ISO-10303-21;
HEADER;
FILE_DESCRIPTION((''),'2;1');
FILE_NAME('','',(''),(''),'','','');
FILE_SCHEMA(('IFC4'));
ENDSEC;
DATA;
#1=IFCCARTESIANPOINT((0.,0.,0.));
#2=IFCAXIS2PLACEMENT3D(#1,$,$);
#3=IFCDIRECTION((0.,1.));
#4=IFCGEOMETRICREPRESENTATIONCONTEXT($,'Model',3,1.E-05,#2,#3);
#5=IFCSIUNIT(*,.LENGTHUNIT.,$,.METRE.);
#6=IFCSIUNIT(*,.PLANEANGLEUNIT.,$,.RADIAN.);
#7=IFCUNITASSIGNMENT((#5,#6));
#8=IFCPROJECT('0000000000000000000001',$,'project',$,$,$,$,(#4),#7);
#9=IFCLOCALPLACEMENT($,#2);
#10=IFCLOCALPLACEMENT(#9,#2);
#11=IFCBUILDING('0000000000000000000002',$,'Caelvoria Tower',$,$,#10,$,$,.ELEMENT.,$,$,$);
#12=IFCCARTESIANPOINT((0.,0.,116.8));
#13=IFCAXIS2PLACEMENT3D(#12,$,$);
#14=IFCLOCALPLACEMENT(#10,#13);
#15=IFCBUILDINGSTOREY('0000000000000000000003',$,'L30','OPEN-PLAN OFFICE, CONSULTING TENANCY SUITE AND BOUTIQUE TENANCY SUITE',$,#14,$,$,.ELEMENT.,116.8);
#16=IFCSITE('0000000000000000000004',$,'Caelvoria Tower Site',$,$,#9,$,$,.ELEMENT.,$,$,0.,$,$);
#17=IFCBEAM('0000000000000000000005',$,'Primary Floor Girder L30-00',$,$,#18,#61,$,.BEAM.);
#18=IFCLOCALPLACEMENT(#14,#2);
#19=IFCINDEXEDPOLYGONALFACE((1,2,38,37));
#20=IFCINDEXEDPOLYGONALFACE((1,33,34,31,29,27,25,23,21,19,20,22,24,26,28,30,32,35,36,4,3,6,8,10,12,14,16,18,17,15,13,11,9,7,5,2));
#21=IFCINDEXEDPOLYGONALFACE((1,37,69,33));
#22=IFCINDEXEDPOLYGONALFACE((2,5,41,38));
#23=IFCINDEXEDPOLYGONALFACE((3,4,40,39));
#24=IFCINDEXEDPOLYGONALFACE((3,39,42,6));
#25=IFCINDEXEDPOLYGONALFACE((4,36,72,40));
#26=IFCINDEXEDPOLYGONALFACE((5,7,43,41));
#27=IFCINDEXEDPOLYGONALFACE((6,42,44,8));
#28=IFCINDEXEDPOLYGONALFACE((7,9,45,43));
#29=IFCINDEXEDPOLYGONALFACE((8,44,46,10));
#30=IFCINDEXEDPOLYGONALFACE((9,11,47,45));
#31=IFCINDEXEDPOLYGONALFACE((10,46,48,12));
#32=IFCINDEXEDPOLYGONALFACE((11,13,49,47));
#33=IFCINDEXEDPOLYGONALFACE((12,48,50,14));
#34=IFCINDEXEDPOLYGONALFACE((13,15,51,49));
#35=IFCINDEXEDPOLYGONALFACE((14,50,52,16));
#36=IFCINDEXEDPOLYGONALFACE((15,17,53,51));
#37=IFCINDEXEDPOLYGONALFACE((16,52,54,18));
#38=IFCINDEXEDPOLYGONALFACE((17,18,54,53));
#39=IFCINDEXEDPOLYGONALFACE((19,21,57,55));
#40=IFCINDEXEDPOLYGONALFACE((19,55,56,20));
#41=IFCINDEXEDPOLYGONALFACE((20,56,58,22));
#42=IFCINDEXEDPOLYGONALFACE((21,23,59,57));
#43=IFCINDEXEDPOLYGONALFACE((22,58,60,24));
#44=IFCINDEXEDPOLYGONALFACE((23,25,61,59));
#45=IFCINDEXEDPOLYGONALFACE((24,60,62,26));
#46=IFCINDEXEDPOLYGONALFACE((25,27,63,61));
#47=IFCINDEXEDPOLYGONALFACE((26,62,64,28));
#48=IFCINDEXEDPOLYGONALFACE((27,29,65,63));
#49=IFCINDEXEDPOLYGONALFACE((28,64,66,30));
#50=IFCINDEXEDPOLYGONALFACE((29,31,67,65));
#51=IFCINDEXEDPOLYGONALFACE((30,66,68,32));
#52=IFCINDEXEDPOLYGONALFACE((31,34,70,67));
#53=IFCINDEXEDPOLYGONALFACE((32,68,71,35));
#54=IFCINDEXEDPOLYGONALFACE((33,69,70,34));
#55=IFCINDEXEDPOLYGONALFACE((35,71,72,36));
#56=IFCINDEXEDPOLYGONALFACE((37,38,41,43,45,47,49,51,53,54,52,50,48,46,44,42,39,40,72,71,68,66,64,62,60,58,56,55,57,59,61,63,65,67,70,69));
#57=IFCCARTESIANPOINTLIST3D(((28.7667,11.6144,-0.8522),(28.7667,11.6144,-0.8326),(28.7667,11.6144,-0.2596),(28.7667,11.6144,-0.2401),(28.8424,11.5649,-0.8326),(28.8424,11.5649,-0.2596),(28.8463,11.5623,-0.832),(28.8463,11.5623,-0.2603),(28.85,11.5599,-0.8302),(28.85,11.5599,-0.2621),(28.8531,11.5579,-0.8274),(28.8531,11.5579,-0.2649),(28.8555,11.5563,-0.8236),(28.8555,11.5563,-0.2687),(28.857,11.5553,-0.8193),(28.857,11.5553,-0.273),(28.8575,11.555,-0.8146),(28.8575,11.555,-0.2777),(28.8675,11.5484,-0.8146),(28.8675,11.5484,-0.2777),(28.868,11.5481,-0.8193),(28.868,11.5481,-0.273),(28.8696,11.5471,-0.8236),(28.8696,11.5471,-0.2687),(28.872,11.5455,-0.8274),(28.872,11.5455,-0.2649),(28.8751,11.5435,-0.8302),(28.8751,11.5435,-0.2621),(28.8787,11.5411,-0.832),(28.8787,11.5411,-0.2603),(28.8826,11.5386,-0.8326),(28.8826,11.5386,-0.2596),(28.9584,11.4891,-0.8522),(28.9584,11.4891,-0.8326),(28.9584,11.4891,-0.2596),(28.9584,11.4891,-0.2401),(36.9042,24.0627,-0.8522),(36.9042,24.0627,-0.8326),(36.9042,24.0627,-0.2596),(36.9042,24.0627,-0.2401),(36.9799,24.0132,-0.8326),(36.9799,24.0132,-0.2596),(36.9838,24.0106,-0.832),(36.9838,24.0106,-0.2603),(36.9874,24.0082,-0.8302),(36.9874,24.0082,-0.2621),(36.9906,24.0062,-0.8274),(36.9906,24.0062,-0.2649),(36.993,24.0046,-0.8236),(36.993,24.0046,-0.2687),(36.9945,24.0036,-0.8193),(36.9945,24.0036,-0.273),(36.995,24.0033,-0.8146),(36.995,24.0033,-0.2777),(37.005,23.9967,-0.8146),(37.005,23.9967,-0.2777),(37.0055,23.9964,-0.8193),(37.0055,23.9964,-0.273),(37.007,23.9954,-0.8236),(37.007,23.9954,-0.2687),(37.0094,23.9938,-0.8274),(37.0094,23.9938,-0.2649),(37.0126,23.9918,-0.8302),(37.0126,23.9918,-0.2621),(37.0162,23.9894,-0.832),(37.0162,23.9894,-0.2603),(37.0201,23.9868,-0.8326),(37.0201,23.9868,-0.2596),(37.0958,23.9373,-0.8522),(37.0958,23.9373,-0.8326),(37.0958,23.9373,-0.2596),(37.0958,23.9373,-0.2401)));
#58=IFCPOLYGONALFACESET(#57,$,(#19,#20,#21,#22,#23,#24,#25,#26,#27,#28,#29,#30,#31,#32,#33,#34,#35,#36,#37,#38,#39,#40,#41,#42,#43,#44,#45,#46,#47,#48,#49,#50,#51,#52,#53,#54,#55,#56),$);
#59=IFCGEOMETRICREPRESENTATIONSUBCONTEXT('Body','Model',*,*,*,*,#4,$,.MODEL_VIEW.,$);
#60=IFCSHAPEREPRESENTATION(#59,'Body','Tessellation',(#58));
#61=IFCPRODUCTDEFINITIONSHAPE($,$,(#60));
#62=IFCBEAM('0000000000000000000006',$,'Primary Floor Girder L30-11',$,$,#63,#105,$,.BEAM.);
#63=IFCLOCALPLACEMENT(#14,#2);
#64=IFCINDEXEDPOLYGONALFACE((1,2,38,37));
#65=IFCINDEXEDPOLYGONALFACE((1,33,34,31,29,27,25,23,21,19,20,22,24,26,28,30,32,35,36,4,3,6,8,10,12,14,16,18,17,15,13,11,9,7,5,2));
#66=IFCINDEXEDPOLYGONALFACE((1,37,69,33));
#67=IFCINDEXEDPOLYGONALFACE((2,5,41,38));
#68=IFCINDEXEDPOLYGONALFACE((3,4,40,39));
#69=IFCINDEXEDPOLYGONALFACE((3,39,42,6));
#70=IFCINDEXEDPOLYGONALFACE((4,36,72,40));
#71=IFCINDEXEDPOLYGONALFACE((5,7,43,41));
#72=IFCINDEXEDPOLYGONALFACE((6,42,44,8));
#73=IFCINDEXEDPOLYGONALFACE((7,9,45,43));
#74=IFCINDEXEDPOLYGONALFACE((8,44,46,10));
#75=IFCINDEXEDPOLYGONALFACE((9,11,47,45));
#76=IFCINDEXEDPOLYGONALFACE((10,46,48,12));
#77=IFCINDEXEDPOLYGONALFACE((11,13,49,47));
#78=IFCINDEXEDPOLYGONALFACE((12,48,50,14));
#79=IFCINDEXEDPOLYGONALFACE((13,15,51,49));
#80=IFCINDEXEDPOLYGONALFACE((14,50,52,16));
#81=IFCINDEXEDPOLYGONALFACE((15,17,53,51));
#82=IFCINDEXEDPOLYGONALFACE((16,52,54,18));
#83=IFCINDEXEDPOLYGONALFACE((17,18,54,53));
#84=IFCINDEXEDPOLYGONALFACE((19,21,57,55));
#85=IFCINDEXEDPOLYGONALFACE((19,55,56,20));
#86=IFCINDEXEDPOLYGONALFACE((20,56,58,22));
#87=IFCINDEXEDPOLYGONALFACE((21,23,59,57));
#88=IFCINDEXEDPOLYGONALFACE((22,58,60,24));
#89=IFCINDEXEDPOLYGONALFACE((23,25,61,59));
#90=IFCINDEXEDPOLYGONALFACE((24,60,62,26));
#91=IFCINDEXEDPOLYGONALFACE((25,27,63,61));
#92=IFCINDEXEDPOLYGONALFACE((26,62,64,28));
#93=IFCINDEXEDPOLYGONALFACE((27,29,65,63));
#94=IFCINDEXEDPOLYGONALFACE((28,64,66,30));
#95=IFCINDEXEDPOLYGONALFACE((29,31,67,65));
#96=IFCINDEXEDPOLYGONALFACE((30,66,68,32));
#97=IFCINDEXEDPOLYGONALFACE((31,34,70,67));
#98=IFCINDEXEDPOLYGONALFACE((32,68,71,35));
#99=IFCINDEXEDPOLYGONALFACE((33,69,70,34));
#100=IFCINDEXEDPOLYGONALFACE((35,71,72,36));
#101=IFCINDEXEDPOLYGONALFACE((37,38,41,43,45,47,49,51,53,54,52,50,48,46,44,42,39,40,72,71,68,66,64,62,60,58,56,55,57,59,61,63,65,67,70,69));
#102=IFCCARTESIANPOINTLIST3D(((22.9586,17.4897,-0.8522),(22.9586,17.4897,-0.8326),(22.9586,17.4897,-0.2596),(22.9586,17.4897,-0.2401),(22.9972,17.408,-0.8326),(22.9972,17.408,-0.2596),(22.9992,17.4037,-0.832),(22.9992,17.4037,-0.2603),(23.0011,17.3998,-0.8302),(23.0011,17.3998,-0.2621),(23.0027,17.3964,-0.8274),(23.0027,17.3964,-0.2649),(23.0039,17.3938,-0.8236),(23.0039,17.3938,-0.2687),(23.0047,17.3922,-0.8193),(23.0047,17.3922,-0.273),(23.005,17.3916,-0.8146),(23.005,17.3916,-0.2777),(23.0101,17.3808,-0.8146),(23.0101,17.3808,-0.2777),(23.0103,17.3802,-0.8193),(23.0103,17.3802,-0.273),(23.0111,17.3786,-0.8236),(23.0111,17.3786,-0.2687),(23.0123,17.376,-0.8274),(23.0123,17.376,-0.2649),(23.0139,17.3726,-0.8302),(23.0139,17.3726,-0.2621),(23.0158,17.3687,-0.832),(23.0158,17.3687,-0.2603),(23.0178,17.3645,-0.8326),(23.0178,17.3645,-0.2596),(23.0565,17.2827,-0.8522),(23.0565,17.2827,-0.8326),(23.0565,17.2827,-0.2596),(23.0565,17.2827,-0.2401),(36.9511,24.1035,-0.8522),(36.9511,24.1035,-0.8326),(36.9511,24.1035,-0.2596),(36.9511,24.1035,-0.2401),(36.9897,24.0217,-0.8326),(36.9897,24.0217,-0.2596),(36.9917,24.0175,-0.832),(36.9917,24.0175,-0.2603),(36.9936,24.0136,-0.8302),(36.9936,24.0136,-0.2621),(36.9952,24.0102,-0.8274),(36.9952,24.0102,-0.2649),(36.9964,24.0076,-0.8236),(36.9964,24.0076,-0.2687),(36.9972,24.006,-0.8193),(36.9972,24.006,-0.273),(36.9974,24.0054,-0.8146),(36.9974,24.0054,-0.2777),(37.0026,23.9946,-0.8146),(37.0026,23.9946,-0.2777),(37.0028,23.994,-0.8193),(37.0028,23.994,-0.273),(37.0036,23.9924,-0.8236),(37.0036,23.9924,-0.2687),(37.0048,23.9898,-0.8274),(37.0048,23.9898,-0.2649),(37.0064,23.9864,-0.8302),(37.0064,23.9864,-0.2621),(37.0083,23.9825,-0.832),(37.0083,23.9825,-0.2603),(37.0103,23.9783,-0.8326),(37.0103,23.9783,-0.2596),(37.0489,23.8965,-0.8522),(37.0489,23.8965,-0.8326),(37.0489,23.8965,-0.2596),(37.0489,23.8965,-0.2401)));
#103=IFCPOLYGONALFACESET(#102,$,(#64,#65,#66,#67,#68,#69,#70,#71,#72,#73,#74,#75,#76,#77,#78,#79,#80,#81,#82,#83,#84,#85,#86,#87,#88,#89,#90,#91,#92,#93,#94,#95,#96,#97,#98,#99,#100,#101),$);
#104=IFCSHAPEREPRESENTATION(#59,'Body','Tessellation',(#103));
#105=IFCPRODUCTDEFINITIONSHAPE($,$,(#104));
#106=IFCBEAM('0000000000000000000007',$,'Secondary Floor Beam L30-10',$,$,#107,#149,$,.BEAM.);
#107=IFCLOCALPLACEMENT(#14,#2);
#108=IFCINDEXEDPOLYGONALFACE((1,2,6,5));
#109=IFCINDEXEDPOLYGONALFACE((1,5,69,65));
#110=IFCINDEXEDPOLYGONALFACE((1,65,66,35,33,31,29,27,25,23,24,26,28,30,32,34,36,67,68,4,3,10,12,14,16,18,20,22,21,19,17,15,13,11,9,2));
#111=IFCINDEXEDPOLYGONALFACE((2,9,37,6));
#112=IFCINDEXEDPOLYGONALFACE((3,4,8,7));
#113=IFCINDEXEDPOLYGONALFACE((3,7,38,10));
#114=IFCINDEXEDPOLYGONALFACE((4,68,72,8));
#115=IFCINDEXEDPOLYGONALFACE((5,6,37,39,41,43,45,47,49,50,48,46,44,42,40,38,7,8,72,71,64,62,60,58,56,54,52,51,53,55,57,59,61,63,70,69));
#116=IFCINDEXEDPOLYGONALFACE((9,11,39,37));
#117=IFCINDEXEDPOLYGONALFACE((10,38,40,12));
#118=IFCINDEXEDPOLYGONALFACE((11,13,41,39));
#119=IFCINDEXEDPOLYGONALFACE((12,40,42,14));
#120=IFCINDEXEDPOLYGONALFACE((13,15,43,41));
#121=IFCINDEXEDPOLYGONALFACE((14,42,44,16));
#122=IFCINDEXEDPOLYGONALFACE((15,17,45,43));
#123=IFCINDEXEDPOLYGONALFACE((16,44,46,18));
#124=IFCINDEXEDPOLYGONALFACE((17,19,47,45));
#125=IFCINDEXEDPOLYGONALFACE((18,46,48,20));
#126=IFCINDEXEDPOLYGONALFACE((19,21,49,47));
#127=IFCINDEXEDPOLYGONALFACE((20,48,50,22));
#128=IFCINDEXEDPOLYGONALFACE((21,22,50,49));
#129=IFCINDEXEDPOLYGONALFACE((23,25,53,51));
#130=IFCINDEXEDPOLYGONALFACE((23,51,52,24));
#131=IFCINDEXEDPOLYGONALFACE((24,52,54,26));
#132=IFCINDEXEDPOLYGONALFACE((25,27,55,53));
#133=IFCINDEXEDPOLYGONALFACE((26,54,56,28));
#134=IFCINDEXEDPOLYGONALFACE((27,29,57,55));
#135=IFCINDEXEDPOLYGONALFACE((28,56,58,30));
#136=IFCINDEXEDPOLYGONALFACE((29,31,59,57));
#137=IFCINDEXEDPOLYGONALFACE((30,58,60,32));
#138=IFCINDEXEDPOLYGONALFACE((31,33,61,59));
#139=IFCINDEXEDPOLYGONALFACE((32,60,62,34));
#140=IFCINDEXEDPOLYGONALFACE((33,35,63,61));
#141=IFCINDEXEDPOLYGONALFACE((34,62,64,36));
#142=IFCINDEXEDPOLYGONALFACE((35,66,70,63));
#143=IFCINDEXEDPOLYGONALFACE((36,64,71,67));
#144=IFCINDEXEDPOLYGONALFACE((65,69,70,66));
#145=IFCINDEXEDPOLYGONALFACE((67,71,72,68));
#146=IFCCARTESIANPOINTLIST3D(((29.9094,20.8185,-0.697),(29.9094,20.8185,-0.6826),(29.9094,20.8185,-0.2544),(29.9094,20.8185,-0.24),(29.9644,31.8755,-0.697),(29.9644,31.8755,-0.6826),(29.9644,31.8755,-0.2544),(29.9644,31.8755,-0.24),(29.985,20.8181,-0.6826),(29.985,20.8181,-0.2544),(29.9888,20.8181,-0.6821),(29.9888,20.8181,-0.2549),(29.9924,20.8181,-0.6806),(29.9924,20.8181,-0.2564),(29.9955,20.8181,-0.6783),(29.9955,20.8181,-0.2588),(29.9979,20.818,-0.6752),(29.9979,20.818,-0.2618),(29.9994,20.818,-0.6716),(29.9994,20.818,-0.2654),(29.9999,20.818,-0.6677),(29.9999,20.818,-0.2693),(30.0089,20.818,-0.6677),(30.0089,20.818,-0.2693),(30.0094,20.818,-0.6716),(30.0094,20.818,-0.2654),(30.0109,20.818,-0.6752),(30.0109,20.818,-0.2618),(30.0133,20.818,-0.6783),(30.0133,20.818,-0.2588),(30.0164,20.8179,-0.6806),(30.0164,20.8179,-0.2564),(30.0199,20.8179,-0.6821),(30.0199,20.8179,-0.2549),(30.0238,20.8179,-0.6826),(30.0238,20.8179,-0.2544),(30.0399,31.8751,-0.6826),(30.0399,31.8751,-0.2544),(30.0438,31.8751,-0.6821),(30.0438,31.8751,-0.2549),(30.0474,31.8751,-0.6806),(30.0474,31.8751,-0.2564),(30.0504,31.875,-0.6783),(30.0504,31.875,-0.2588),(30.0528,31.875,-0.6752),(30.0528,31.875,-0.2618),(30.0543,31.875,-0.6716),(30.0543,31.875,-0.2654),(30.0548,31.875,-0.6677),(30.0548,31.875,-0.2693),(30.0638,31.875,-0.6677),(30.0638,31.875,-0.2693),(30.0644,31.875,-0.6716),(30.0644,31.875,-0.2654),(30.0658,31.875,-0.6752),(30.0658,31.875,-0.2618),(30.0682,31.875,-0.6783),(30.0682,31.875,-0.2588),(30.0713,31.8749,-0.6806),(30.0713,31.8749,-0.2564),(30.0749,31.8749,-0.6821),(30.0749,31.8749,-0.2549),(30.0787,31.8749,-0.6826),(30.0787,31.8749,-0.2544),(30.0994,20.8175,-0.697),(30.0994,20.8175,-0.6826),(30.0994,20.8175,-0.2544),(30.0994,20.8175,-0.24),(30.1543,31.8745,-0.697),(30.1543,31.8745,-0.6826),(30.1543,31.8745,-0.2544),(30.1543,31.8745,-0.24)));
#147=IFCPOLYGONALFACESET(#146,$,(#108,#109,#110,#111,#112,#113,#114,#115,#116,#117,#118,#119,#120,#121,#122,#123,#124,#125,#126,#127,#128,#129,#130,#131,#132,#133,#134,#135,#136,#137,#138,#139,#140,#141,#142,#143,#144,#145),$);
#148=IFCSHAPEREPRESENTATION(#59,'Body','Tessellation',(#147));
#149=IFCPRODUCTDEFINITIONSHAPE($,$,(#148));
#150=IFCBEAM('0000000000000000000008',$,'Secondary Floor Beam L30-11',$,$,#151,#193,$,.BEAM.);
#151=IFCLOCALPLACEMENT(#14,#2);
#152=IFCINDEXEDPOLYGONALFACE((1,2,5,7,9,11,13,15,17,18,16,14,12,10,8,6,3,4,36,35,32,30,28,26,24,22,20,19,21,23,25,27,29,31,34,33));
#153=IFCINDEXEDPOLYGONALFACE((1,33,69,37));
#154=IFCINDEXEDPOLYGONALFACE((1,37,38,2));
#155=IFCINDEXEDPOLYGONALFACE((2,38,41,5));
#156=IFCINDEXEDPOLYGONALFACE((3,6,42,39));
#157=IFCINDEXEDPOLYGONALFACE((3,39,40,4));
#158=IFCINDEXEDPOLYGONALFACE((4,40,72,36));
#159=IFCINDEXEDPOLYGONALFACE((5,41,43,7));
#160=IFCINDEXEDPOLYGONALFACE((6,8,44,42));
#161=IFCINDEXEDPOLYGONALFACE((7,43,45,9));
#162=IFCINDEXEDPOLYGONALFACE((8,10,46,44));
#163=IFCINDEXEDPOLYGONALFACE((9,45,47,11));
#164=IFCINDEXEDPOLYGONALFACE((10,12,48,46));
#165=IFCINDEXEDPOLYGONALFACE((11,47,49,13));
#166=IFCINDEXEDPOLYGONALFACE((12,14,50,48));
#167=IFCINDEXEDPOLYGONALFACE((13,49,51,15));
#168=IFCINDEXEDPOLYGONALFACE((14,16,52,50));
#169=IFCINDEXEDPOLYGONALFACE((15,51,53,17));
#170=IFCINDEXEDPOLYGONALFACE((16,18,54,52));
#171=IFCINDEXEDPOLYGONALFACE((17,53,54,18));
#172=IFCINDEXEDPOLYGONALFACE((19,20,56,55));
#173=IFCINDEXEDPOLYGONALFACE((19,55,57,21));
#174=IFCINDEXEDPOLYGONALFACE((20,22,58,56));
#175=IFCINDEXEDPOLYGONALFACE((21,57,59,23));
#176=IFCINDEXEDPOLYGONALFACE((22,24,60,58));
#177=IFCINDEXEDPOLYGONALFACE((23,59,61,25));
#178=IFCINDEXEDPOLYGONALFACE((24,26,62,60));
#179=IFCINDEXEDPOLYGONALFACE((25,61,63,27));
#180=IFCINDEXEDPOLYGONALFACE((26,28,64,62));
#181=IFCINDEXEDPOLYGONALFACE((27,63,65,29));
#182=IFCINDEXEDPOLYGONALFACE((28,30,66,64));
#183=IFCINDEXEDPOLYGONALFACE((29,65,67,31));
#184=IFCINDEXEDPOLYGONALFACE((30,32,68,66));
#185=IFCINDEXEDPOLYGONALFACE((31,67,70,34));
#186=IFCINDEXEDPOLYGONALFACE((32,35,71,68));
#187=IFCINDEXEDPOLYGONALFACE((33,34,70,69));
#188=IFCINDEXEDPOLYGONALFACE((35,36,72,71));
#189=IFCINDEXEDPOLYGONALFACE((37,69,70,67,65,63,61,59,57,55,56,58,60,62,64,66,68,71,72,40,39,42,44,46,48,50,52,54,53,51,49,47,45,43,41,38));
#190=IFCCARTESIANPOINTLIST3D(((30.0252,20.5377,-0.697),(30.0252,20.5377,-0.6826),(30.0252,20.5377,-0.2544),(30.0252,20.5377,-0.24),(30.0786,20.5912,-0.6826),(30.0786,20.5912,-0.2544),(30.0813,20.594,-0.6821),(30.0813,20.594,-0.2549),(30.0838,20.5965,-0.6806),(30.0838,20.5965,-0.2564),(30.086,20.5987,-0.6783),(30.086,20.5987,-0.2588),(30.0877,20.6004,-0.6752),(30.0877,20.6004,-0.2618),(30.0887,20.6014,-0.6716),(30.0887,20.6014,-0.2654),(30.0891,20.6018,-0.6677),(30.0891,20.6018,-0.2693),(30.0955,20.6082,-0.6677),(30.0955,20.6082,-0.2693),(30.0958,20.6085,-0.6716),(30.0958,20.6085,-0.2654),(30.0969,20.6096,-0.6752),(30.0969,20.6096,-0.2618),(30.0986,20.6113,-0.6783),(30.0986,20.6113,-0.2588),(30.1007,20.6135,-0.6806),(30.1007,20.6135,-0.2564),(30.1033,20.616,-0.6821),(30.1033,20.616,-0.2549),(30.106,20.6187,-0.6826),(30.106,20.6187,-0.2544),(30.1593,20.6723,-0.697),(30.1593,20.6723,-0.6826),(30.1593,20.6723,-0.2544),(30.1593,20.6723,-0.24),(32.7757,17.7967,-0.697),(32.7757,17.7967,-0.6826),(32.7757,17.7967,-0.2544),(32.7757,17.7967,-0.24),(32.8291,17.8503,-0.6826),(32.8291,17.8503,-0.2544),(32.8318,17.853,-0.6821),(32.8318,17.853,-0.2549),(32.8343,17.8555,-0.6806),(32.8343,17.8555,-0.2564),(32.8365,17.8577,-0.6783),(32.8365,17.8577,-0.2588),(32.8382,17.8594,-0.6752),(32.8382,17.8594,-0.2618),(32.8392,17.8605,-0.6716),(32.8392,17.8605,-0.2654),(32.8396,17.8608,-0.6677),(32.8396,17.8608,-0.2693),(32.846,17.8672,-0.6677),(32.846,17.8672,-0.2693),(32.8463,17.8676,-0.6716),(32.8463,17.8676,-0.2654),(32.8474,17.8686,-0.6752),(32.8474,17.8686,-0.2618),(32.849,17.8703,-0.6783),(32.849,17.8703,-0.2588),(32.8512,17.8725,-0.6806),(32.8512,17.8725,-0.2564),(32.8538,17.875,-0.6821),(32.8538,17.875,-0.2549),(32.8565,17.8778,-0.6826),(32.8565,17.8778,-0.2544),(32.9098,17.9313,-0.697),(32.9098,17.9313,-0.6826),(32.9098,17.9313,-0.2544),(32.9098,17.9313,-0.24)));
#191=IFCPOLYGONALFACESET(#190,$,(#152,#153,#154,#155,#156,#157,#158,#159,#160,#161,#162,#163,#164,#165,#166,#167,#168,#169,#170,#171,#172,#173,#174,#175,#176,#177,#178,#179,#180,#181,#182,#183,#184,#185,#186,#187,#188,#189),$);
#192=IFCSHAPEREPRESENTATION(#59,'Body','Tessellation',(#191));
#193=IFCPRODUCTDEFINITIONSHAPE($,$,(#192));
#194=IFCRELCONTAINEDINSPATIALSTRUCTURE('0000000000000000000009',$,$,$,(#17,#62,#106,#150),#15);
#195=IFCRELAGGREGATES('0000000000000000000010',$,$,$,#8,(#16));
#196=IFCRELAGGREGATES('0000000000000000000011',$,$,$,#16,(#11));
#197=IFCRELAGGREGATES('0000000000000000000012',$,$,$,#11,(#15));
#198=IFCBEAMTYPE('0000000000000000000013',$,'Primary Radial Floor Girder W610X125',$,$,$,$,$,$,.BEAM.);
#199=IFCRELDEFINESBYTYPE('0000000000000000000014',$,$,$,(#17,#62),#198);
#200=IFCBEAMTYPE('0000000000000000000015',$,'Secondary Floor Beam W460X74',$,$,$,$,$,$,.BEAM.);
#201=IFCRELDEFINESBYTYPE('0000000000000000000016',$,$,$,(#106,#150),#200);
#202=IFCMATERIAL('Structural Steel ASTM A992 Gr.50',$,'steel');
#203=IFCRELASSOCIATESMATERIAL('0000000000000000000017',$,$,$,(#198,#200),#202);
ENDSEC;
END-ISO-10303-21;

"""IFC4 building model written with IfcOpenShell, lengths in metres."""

from ifc_helpers import new_model, si_unit, direction, frame, origin, origin_2d, place, context, subcontext, project, spatial, i_section, extrude, material, material_profile, profile_set, type_object, element, save


model = new_model("IFC4")

# Units and contexts
model_context = context("Model", 3, precision=1e-05, world=origin(), true_north=direction((0.0, 1.0)))
body_context = subcontext(model_context, "Body", "Model", "MODEL_VIEW")
ifc_project = project(units=[si_unit("LENGTHUNIT", "METRE"), si_unit("PLANEANGLEUNIT", "RADIAN")], contexts=[model_context])

# Site, building, storey
site_placement = place(None, origin())
site = spatial("IfcSite", under=ifc_project, at=site_placement, Name="Caelvoria Tower Site", CompositionType="ELEMENT", RefElevation=0.0)
building_placement = place(site_placement, origin())
building = spatial("IfcBuilding", under=site, at=building_placement, Name="Caelvoria Tower", CompositionType="ELEMENT")
storey_placement = place(building_placement, frame((0.0, 0.0, 116.8)))
storey = spatial("IfcBuildingStorey", under=building, at=storey_placement, Name="L30", Description="OPEN-PLAN OFFICE, CONSULTING TENANCY SUITE AND BOUTIQUE TENANCY SUITE", CompositionType="ELEMENT", Elevation=116.8)

# Beams
ifc_material_1 = material(Name="Structural Steel ASTM A992 Gr.50", Category="steel")
ifc_material_profile_1 = material_profile(ifc_material_1, i_section(OverallWidth=0.229, OverallDepth=0.6121, WebThickness=0.012, FlangeThickness=0.0195, FilletRadius=0.0181, at=origin_2d()), Name="Structural Steel ASTM A992 Gr.50")
ifc_profile_set_1 = profile_set([ifc_material_profile_1], Name="W610X125 - Structural Steel ASTM A992 Gr.50")
beam_type_1 = type_object("IfcBeamType", Name="Primary Radial Floor Girder W610X125", PredefinedType="BEAM", material=ifc_profile_set_1)
beam_1_placement = place(storey_placement, frame((37.0, 24.0, -0.5461), z_axis=(-0.547165, -0.837025, 0.0), x_axis=(0.837025, -0.547165, 0.0)))
element("IfcBeam", 1, at=beam_1_placement, inside=storey, type_object=beam_type_1, Name="Primary Floor Girder L30-00", PredefinedType="BEAM", context=body_context, shape_type="SweptSolid", body=[
    extrude(i_section(OverallWidth=0.229, OverallDepth=0.6121, WebThickness=0.012, FlangeThickness=0.0195, FilletRadius=0.0181, at=origin_2d()), origin(), (0.0, 0.0, 1.0), 14.8721),
])
beam_2_placement = place(storey_placement, frame((37.0, 24.0, -0.5461), z_axis=(-0.904093, -0.427336, 0.0), x_axis=(0.427336, -0.904093, 0.0)))
element("IfcBeam", 2, at=beam_2_placement, inside=storey, type_object=beam_type_1, Name="Primary Floor Girder L30-11", PredefinedType="BEAM", context=body_context, shape_type="SweptSolid", body=[
    extrude(i_section(OverallWidth=0.229, OverallDepth=0.6121, WebThickness=0.012, FlangeThickness=0.0195, FilletRadius=0.0181, at=origin_2d()), origin(), (0.0, 0.0, 1.0), 15.4768),
])
ifc_material_profile_2 = material_profile(ifc_material_1, i_section(OverallWidth=0.1899, OverallDepth=0.457, WebThickness=0.009, FlangeThickness=0.0144, FilletRadius=0.0149, at=origin_2d()), Name="Structural Steel ASTM A992 Gr.50")
ifc_profile_set_2 = profile_set([ifc_material_profile_2], Name="W460X74 - Structural Steel ASTM A992 Gr.50")
beam_type_2 = type_object("IfcBeamType", Name="Secondary Floor Beam W460X74", PredefinedType="BEAM", material=ifc_profile_set_2)
beam_3_placement = place(storey_placement, frame((30.0593, 31.875, -0.4685), z_axis=(-0.004968, -0.999988, 0.0), x_axis=(0.999988, -0.004968, 0.0)))
element("IfcBeam", 3, at=beam_3_placement, inside=storey, type_object=beam_type_2, Name="Secondary Floor Beam L30-10", PredefinedType="BEAM", context=body_context, shape_type="SweptSolid", body=[
    extrude(i_section(OverallWidth=0.1899, OverallDepth=0.457, WebThickness=0.009, FlangeThickness=0.0144, FilletRadius=0.0149, at=origin_2d()), origin(), (0.0, 0.0, 1.0), 11.0571),
])
beam_4_placement = place(storey_placement, frame((30.0923, 20.605, -0.4685), z_axis=(0.708332, -0.70588, 0.0), x_axis=(0.70588, 0.708332, 0.0)))
element("IfcBeam", 4, at=beam_4_placement, inside=storey, type_object=beam_type_2, Name="Secondary Floor Beam L30-11", PredefinedType="BEAM", context=body_context, shape_type="SweptSolid", body=[
    extrude(i_section(OverallWidth=0.1899, OverallDepth=0.457, WebThickness=0.009, FlangeThickness=0.0144, FilletRadius=0.0149, at=origin_2d()), origin(), (0.0, 0.0, 1.0), 3.8831),
])

save(model, "model.ifc")
